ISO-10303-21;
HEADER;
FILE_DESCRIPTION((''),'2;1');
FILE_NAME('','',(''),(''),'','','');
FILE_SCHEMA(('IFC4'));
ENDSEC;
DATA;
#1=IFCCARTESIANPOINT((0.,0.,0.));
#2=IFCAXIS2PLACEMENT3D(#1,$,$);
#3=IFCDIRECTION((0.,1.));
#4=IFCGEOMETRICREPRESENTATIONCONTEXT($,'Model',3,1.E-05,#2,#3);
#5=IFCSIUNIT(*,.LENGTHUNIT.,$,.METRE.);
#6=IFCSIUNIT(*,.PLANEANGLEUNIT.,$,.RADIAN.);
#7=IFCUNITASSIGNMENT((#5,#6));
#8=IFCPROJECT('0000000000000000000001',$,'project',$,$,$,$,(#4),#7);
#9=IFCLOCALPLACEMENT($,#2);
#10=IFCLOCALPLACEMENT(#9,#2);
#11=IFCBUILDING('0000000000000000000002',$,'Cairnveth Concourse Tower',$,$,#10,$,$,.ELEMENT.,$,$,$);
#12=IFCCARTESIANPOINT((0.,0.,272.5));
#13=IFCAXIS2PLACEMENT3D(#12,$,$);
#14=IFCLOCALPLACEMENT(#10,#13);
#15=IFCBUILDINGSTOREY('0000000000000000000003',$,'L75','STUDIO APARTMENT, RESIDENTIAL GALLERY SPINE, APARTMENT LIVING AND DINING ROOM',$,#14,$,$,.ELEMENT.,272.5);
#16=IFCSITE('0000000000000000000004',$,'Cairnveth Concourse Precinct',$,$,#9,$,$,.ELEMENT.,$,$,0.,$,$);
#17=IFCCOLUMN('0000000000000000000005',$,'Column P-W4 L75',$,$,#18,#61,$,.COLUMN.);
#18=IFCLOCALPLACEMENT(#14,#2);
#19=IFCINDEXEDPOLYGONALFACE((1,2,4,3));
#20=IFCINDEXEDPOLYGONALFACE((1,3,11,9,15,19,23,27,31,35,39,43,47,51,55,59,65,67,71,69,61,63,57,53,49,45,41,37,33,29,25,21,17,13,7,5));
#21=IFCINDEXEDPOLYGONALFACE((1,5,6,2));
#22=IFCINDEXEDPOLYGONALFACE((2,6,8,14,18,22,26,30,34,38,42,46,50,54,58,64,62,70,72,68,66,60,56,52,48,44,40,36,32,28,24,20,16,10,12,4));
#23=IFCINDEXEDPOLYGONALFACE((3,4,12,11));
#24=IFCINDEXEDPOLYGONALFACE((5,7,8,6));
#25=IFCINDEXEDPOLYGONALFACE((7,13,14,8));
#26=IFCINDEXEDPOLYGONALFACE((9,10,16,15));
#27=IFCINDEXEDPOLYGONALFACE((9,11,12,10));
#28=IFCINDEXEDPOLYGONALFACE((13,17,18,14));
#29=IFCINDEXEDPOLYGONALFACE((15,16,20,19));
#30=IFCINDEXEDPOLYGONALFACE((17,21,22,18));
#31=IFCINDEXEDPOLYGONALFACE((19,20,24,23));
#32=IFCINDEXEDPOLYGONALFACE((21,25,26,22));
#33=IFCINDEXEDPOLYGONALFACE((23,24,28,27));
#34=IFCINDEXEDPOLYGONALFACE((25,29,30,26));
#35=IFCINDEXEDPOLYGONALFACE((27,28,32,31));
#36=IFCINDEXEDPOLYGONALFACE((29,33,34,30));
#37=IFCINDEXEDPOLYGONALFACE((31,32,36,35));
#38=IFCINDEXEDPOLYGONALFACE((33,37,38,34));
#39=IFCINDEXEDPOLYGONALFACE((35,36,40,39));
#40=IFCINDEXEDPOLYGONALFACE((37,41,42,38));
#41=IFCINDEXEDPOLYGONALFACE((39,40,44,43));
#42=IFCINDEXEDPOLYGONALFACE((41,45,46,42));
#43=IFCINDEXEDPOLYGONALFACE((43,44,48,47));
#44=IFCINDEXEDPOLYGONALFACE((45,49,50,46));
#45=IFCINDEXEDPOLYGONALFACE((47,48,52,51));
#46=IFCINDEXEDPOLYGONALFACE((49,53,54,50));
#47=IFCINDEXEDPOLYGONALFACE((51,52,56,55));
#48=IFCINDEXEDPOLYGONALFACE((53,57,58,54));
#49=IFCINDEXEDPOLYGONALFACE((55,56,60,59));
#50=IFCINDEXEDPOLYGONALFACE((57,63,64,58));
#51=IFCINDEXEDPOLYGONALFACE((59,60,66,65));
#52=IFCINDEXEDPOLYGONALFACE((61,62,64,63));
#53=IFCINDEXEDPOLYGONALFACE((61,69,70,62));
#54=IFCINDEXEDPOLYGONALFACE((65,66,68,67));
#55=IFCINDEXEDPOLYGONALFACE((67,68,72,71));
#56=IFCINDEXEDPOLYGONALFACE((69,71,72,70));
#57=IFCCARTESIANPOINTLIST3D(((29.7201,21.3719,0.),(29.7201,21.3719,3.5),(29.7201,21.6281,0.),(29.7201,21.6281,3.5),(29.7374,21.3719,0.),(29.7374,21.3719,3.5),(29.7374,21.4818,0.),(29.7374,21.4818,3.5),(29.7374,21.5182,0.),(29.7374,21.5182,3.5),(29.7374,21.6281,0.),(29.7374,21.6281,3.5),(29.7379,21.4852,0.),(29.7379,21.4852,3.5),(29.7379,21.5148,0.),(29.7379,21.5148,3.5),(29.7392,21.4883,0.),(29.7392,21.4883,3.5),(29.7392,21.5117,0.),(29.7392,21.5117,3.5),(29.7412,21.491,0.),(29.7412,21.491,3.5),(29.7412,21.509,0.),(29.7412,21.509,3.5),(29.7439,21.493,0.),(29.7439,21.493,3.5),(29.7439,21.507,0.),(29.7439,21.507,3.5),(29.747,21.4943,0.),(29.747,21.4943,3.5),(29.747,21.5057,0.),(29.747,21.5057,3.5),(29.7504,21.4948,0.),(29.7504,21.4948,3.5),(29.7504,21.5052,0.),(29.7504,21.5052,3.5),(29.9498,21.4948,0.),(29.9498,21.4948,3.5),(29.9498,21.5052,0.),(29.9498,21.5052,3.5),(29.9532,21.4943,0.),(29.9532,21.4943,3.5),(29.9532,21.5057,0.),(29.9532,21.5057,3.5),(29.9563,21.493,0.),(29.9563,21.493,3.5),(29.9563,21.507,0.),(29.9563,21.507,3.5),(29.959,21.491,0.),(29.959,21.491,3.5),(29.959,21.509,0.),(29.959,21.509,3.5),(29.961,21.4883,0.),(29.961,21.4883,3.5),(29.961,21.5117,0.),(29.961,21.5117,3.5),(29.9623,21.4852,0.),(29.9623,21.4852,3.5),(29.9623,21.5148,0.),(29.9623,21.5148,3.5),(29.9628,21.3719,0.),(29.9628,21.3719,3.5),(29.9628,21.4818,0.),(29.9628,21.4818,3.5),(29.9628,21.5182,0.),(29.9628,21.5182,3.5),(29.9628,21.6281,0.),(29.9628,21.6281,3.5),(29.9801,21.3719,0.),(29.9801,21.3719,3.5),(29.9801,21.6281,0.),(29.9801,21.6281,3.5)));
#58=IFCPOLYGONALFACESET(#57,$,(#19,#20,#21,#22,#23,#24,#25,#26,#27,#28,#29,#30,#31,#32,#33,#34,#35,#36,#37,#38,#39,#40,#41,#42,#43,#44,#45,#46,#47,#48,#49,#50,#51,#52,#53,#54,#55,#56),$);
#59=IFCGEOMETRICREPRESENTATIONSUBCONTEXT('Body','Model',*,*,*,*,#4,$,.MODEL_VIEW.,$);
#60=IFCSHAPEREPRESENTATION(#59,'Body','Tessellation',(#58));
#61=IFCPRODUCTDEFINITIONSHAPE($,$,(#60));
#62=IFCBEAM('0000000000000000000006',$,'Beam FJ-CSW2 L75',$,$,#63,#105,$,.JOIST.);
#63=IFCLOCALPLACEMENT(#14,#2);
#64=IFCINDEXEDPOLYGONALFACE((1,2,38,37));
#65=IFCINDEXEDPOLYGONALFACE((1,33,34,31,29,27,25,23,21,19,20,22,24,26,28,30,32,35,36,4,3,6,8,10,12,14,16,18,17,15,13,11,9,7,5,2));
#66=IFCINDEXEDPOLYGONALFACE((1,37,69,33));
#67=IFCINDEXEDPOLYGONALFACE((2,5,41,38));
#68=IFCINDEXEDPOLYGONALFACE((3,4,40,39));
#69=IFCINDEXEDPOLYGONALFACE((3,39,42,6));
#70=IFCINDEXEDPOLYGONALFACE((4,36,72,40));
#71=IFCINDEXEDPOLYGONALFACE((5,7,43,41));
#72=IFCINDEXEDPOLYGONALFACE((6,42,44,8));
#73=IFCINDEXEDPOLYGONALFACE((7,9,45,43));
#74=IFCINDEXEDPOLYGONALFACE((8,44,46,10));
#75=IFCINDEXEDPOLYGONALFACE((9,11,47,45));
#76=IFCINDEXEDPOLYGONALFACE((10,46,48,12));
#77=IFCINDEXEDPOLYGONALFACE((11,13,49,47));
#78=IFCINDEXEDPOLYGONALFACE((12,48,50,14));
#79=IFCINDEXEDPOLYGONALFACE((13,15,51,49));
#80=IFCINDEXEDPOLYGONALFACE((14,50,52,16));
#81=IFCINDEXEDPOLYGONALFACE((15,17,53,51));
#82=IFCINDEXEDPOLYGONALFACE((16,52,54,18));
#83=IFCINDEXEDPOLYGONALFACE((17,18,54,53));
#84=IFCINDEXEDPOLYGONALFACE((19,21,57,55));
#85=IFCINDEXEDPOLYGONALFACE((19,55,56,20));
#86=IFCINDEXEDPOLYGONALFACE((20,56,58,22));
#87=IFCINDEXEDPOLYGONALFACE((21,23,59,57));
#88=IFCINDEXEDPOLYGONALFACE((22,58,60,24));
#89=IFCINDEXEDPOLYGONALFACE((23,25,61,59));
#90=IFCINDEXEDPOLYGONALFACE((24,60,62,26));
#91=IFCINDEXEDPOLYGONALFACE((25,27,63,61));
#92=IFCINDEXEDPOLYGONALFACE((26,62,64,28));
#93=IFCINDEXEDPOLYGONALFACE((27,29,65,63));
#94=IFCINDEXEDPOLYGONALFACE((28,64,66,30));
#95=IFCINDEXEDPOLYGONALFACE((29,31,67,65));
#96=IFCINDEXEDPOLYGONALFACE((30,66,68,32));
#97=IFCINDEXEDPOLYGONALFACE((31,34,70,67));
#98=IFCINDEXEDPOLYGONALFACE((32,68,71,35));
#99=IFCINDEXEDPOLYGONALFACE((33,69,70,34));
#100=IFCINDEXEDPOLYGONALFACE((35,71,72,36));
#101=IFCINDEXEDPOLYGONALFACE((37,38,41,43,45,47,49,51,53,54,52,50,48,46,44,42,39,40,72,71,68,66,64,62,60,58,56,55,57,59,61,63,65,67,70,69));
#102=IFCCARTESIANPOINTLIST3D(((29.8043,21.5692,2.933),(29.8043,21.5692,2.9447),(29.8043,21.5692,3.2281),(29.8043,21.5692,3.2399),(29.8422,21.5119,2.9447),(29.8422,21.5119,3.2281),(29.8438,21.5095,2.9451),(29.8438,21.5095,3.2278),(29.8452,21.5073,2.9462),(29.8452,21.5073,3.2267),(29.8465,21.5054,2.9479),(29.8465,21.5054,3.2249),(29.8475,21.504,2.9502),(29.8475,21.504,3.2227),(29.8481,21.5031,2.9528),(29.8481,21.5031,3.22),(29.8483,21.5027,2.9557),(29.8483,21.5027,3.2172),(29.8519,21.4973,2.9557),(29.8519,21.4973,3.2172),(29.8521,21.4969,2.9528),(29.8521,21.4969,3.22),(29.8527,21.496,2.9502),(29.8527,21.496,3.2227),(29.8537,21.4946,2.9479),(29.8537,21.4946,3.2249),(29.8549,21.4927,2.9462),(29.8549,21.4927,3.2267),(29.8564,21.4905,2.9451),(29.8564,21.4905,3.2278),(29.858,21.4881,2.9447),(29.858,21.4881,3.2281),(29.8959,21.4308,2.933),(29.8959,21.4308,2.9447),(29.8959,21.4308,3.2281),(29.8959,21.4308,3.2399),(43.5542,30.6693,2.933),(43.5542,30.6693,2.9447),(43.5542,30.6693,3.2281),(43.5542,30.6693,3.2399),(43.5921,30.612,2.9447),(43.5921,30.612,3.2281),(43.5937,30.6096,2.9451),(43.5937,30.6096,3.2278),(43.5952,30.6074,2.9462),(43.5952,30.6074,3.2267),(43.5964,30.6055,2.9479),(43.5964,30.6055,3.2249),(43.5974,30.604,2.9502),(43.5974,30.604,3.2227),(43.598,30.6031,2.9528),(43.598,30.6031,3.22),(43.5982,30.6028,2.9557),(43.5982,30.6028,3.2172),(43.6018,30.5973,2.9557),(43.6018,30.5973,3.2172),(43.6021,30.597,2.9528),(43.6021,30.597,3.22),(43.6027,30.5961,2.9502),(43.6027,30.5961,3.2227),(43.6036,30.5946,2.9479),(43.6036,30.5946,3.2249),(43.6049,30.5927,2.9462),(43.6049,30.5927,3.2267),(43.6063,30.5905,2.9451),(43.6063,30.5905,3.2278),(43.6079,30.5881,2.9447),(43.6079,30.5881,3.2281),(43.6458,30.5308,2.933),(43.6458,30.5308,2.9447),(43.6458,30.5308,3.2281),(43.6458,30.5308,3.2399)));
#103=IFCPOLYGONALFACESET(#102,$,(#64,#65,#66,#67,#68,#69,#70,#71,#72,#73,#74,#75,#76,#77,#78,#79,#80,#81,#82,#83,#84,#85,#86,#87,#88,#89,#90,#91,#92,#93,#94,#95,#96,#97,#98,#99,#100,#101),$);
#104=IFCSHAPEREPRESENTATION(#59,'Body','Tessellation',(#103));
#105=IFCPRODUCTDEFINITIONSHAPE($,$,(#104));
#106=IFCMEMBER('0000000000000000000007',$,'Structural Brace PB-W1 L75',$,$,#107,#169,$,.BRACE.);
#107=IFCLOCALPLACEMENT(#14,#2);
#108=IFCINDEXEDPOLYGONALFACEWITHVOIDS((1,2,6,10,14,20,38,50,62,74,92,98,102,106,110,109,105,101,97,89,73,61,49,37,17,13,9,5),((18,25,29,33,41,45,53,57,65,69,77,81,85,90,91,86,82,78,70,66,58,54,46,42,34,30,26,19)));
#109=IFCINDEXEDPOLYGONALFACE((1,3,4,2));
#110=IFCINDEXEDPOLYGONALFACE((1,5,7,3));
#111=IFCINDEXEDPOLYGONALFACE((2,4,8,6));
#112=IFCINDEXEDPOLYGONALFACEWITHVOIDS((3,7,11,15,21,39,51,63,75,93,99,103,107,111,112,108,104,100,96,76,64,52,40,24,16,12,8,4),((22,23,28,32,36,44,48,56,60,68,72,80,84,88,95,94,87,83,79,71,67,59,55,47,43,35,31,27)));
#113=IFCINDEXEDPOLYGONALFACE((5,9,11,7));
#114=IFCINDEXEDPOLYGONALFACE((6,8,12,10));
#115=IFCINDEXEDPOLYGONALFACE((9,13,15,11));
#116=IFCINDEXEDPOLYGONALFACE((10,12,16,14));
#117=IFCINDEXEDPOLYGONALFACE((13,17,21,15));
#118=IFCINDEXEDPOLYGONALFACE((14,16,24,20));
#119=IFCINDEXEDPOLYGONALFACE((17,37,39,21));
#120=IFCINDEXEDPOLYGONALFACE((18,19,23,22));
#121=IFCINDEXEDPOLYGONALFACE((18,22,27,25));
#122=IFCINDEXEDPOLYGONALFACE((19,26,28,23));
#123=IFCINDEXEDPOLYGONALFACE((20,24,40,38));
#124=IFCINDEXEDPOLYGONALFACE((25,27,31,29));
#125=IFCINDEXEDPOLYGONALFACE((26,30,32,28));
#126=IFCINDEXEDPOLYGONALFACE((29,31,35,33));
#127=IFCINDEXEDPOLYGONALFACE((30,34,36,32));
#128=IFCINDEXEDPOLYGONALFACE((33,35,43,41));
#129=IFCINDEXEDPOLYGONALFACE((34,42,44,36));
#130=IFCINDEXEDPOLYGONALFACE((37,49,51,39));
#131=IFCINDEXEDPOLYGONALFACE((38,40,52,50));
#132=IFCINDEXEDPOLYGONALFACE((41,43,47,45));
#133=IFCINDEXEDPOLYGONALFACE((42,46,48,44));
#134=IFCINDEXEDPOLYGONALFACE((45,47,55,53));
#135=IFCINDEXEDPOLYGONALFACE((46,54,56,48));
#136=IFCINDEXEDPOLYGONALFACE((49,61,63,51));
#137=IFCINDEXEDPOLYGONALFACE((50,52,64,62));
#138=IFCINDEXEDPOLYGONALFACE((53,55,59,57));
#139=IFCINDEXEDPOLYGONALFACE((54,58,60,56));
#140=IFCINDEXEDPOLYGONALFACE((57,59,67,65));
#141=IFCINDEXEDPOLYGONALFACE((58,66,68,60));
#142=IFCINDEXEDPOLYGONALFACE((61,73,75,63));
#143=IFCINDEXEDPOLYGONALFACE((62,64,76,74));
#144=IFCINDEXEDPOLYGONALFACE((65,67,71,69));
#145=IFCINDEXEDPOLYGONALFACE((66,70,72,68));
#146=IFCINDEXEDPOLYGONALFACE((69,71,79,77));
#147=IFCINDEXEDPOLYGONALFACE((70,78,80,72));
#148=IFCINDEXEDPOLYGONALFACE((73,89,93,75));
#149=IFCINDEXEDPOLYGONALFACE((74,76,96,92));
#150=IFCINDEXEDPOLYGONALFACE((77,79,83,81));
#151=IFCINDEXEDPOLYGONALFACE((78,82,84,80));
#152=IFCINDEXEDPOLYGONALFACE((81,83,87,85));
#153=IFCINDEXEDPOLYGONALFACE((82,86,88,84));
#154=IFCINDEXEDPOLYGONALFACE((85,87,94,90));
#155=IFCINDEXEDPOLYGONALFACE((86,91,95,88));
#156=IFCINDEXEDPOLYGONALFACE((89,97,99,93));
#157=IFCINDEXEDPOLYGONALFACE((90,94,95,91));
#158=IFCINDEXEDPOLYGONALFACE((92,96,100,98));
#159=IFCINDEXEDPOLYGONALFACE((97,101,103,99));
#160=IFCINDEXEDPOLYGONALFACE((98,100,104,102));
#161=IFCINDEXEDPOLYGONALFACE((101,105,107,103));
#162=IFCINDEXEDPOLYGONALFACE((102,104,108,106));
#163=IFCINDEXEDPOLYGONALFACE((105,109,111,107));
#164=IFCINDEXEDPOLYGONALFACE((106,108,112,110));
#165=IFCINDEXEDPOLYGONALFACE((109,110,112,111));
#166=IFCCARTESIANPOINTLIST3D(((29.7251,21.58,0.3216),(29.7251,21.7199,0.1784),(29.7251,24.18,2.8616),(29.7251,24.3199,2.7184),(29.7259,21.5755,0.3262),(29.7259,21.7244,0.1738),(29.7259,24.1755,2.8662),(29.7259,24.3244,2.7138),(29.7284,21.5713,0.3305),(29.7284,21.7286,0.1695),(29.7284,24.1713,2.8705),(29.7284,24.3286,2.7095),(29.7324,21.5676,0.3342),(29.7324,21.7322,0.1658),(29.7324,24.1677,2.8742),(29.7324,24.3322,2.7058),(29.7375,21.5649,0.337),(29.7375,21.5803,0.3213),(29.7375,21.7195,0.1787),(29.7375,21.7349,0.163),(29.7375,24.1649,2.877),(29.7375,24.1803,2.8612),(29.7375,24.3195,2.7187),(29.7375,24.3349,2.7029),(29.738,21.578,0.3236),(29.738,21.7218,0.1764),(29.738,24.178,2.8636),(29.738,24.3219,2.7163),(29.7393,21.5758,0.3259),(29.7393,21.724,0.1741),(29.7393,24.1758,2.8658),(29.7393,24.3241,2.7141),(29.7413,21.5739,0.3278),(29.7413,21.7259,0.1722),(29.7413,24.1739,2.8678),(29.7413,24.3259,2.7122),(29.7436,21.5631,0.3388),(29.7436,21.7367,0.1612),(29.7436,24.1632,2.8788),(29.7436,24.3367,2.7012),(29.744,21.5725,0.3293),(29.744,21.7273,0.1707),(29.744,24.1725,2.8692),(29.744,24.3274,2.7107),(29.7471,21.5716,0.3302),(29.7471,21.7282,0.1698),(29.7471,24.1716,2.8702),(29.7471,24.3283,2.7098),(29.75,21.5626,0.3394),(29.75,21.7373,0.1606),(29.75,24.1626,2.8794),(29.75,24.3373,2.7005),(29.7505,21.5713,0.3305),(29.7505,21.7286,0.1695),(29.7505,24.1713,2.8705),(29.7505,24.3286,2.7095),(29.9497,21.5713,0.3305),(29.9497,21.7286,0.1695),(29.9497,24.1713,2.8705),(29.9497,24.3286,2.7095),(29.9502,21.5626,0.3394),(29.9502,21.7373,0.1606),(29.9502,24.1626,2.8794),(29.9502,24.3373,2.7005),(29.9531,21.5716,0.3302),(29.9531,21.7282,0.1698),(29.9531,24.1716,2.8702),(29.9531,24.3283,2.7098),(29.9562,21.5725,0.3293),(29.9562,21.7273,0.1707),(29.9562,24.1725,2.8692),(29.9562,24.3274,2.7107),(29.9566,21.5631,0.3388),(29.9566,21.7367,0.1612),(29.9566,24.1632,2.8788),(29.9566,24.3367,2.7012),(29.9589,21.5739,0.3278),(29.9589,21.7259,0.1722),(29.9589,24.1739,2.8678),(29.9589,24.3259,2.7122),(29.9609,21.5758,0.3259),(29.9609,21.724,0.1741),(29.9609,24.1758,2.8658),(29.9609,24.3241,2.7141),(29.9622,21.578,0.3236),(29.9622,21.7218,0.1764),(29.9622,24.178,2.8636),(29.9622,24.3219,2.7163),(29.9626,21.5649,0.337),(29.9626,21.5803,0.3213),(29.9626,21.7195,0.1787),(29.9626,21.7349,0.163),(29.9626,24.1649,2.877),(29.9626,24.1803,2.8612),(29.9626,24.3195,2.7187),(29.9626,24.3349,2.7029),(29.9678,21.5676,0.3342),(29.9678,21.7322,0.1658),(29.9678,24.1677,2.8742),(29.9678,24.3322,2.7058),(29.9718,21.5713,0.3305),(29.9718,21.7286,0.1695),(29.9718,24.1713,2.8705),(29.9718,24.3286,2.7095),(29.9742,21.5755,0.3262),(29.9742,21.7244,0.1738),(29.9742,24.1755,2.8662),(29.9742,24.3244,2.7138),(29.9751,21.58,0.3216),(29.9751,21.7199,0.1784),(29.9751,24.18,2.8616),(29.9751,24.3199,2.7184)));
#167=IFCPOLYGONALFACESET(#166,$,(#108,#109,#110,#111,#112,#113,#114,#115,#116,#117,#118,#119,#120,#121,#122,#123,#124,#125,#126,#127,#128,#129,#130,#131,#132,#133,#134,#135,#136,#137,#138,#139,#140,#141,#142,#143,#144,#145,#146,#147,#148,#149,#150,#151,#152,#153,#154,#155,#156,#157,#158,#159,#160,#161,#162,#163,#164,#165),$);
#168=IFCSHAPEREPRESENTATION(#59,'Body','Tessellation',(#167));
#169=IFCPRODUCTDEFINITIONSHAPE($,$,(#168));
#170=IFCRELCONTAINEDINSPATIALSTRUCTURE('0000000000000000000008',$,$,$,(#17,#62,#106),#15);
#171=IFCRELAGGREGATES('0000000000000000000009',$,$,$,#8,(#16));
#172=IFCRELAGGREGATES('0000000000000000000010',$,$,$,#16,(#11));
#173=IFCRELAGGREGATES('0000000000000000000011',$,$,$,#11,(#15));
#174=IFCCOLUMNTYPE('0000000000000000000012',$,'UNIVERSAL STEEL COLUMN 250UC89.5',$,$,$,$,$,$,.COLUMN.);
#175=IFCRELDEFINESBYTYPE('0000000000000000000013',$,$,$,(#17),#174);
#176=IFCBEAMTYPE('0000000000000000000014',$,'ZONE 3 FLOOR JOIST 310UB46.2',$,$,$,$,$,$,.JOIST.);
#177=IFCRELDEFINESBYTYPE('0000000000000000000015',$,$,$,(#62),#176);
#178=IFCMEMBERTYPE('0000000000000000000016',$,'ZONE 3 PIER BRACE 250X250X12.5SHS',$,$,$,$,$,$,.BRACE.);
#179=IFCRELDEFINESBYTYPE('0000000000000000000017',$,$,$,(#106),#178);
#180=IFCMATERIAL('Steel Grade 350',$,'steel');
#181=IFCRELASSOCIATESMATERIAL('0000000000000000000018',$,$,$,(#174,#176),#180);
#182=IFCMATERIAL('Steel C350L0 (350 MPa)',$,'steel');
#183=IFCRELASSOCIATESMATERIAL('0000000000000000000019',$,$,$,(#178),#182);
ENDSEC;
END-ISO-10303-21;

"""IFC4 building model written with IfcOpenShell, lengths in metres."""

from ifc_helpers import new_model, si_unit, direction, frame, origin, origin_2d, place, context, subcontext, project, spatial, hollow_rectangle, i_section, extrude, material, material_profile, profile_set, type_object, element, save


model = new_model("IFC4")

# Units and contexts
model_context = context("Model", 3, precision=1e-05, world=origin(), true_north=direction((0.0, 1.0)))
body_context = subcontext(model_context, "Body", "Model", "MODEL_VIEW")
ifc_project = project(units=[si_unit("LENGTHUNIT", "METRE"), si_unit("PLANEANGLEUNIT", "RADIAN")], contexts=[model_context])

# Site, building, storey
site_placement = place(None, origin())
site = spatial("IfcSite", under=ifc_project, at=site_placement, Name="Cairnveth Concourse Precinct", CompositionType="ELEMENT", RefElevation=0.0)
building_placement = place(site_placement, origin())
building = spatial("IfcBuilding", under=site, at=building_placement, Name="Cairnveth Concourse Tower", CompositionType="ELEMENT")
storey_placement = place(building_placement, frame((0.0, 0.0, 272.5)))
storey = spatial("IfcBuildingStorey", under=building, at=storey_placement, Name="L75", Description="STUDIO APARTMENT, RESIDENTIAL GALLERY SPINE, APARTMENT LIVING AND DINING ROOM", CompositionType="ELEMENT", Elevation=272.5)

# Column
ifc_material_1 = material(Name="Steel Grade 350", Category="steel")
ifc_material_profile_1 = material_profile(ifc_material_1, i_section(OverallWidth=0.2561, OverallDepth=0.26, WebThickness=0.0105, FlangeThickness=0.0173, FilletRadius=0.0129, at=origin_2d()), Name="250UC89.5")
ifc_profile_set_1 = profile_set([ifc_material_profile_1], Name="Steel Grade 350")
column_type = type_object("IfcColumnType", Name="UNIVERSAL STEEL COLUMN 250UC89.5", PredefinedType="COLUMN", material=ifc_profile_set_1)
column_placement = place(storey_placement, frame((29.8501, 21.5, 0.0), z_axis=(0.0, 0.0, 1.0), x_axis=(0.0, 1.0, 0.0)))
element("IfcColumn", 1, at=column_placement, inside=storey, type_object=column_type, Name="Column P-W4 L75", PredefinedType="COLUMN", context=body_context, shape_type="SweptSolid", body=[
    extrude(i_section(OverallWidth=0.2561, OverallDepth=0.26, WebThickness=0.0105, FlangeThickness=0.0173, FilletRadius=0.0129, at=origin_2d()), origin(), (0.0, 0.0, 1.0), 3.5),
])

# Beam
ifc_material_profile_2 = material_profile(ifc_material_1, i_section(OverallWidth=0.166, OverallDepth=0.3069, WebThickness=0.0066, FlangeThickness=0.0117, FilletRadius=0.011, at=origin_2d()), Name="310UB46.2")
ifc_profile_set_2 = profile_set([ifc_material_profile_2], Name="Steel Grade 350")
beam_type_1 = type_object("IfcBeamType", Name="ZONE 3 FLOOR JOIST 310UB46.2", PredefinedType="JOIST", material=ifc_profile_set_2)
beam_1_placement = place(storey_placement, frame((29.8501, 21.5, 3.0864), z_axis=(0.833909, 0.551902, 0.0), x_axis=(-0.551902, 0.833909, 0.0)))
element("IfcBeam", 2, at=beam_1_placement, inside=storey, type_object=beam_type_1, Name="Beam FJ-CSW2 L75", PredefinedType="JOIST", context=body_context, shape_type="SweptSolid", body=[
    extrude(i_section(OverallWidth=0.166, OverallDepth=0.3069, WebThickness=0.0066, FlangeThickness=0.0117, FilletRadius=0.011, at=origin_2d()), origin(), (0.0, 0.0, 1.0), 16.4885),
])

# Member
ifc_material_2 = material(Name="Steel C350L0 (350 MPa)", Category="steel")
ifc_material_profile_3 = material_profile(ifc_material_2, hollow_rectangle(XDim=0.25, YDim=0.25, WallThickness=0.0125, InnerFilletRadius=0.0129, OuterFilletRadius=0.0249, at=origin_2d()), Name="250x250x12.5SHS")
ifc_profile_set_3 = profile_set([ifc_material_profile_3], Name="Steel C350L0 (350 MPa)")
member_type = type_object("IfcMemberType", Name="ZONE 3 PIER BRACE 250X250X12.5SHS", PredefinedType="BRACE", material=ifc_profile_set_3)
member_placement = place(storey_placement, frame((29.8501, 21.6499, 0.25), z_axis=(0.0, 0.71532, 0.698797), x_axis=(-1.0, 0.0, 0.0)))
element("IfcMember", 3, at=member_placement, inside=storey, type_object=member_type, Name="Structural Brace PB-W1 L75", PredefinedType="BRACE", context=body_context, shape_type="SweptSolid", body=[
    extrude(hollow_rectangle(XDim=0.25, YDim=0.25, WallThickness=0.0125, InnerFilletRadius=0.0129, OuterFilletRadius=0.0249, at=origin_2d()), origin(), (0.0, 0.0, 1.0), 3.6348),
])

save(model, "model.ifc")
